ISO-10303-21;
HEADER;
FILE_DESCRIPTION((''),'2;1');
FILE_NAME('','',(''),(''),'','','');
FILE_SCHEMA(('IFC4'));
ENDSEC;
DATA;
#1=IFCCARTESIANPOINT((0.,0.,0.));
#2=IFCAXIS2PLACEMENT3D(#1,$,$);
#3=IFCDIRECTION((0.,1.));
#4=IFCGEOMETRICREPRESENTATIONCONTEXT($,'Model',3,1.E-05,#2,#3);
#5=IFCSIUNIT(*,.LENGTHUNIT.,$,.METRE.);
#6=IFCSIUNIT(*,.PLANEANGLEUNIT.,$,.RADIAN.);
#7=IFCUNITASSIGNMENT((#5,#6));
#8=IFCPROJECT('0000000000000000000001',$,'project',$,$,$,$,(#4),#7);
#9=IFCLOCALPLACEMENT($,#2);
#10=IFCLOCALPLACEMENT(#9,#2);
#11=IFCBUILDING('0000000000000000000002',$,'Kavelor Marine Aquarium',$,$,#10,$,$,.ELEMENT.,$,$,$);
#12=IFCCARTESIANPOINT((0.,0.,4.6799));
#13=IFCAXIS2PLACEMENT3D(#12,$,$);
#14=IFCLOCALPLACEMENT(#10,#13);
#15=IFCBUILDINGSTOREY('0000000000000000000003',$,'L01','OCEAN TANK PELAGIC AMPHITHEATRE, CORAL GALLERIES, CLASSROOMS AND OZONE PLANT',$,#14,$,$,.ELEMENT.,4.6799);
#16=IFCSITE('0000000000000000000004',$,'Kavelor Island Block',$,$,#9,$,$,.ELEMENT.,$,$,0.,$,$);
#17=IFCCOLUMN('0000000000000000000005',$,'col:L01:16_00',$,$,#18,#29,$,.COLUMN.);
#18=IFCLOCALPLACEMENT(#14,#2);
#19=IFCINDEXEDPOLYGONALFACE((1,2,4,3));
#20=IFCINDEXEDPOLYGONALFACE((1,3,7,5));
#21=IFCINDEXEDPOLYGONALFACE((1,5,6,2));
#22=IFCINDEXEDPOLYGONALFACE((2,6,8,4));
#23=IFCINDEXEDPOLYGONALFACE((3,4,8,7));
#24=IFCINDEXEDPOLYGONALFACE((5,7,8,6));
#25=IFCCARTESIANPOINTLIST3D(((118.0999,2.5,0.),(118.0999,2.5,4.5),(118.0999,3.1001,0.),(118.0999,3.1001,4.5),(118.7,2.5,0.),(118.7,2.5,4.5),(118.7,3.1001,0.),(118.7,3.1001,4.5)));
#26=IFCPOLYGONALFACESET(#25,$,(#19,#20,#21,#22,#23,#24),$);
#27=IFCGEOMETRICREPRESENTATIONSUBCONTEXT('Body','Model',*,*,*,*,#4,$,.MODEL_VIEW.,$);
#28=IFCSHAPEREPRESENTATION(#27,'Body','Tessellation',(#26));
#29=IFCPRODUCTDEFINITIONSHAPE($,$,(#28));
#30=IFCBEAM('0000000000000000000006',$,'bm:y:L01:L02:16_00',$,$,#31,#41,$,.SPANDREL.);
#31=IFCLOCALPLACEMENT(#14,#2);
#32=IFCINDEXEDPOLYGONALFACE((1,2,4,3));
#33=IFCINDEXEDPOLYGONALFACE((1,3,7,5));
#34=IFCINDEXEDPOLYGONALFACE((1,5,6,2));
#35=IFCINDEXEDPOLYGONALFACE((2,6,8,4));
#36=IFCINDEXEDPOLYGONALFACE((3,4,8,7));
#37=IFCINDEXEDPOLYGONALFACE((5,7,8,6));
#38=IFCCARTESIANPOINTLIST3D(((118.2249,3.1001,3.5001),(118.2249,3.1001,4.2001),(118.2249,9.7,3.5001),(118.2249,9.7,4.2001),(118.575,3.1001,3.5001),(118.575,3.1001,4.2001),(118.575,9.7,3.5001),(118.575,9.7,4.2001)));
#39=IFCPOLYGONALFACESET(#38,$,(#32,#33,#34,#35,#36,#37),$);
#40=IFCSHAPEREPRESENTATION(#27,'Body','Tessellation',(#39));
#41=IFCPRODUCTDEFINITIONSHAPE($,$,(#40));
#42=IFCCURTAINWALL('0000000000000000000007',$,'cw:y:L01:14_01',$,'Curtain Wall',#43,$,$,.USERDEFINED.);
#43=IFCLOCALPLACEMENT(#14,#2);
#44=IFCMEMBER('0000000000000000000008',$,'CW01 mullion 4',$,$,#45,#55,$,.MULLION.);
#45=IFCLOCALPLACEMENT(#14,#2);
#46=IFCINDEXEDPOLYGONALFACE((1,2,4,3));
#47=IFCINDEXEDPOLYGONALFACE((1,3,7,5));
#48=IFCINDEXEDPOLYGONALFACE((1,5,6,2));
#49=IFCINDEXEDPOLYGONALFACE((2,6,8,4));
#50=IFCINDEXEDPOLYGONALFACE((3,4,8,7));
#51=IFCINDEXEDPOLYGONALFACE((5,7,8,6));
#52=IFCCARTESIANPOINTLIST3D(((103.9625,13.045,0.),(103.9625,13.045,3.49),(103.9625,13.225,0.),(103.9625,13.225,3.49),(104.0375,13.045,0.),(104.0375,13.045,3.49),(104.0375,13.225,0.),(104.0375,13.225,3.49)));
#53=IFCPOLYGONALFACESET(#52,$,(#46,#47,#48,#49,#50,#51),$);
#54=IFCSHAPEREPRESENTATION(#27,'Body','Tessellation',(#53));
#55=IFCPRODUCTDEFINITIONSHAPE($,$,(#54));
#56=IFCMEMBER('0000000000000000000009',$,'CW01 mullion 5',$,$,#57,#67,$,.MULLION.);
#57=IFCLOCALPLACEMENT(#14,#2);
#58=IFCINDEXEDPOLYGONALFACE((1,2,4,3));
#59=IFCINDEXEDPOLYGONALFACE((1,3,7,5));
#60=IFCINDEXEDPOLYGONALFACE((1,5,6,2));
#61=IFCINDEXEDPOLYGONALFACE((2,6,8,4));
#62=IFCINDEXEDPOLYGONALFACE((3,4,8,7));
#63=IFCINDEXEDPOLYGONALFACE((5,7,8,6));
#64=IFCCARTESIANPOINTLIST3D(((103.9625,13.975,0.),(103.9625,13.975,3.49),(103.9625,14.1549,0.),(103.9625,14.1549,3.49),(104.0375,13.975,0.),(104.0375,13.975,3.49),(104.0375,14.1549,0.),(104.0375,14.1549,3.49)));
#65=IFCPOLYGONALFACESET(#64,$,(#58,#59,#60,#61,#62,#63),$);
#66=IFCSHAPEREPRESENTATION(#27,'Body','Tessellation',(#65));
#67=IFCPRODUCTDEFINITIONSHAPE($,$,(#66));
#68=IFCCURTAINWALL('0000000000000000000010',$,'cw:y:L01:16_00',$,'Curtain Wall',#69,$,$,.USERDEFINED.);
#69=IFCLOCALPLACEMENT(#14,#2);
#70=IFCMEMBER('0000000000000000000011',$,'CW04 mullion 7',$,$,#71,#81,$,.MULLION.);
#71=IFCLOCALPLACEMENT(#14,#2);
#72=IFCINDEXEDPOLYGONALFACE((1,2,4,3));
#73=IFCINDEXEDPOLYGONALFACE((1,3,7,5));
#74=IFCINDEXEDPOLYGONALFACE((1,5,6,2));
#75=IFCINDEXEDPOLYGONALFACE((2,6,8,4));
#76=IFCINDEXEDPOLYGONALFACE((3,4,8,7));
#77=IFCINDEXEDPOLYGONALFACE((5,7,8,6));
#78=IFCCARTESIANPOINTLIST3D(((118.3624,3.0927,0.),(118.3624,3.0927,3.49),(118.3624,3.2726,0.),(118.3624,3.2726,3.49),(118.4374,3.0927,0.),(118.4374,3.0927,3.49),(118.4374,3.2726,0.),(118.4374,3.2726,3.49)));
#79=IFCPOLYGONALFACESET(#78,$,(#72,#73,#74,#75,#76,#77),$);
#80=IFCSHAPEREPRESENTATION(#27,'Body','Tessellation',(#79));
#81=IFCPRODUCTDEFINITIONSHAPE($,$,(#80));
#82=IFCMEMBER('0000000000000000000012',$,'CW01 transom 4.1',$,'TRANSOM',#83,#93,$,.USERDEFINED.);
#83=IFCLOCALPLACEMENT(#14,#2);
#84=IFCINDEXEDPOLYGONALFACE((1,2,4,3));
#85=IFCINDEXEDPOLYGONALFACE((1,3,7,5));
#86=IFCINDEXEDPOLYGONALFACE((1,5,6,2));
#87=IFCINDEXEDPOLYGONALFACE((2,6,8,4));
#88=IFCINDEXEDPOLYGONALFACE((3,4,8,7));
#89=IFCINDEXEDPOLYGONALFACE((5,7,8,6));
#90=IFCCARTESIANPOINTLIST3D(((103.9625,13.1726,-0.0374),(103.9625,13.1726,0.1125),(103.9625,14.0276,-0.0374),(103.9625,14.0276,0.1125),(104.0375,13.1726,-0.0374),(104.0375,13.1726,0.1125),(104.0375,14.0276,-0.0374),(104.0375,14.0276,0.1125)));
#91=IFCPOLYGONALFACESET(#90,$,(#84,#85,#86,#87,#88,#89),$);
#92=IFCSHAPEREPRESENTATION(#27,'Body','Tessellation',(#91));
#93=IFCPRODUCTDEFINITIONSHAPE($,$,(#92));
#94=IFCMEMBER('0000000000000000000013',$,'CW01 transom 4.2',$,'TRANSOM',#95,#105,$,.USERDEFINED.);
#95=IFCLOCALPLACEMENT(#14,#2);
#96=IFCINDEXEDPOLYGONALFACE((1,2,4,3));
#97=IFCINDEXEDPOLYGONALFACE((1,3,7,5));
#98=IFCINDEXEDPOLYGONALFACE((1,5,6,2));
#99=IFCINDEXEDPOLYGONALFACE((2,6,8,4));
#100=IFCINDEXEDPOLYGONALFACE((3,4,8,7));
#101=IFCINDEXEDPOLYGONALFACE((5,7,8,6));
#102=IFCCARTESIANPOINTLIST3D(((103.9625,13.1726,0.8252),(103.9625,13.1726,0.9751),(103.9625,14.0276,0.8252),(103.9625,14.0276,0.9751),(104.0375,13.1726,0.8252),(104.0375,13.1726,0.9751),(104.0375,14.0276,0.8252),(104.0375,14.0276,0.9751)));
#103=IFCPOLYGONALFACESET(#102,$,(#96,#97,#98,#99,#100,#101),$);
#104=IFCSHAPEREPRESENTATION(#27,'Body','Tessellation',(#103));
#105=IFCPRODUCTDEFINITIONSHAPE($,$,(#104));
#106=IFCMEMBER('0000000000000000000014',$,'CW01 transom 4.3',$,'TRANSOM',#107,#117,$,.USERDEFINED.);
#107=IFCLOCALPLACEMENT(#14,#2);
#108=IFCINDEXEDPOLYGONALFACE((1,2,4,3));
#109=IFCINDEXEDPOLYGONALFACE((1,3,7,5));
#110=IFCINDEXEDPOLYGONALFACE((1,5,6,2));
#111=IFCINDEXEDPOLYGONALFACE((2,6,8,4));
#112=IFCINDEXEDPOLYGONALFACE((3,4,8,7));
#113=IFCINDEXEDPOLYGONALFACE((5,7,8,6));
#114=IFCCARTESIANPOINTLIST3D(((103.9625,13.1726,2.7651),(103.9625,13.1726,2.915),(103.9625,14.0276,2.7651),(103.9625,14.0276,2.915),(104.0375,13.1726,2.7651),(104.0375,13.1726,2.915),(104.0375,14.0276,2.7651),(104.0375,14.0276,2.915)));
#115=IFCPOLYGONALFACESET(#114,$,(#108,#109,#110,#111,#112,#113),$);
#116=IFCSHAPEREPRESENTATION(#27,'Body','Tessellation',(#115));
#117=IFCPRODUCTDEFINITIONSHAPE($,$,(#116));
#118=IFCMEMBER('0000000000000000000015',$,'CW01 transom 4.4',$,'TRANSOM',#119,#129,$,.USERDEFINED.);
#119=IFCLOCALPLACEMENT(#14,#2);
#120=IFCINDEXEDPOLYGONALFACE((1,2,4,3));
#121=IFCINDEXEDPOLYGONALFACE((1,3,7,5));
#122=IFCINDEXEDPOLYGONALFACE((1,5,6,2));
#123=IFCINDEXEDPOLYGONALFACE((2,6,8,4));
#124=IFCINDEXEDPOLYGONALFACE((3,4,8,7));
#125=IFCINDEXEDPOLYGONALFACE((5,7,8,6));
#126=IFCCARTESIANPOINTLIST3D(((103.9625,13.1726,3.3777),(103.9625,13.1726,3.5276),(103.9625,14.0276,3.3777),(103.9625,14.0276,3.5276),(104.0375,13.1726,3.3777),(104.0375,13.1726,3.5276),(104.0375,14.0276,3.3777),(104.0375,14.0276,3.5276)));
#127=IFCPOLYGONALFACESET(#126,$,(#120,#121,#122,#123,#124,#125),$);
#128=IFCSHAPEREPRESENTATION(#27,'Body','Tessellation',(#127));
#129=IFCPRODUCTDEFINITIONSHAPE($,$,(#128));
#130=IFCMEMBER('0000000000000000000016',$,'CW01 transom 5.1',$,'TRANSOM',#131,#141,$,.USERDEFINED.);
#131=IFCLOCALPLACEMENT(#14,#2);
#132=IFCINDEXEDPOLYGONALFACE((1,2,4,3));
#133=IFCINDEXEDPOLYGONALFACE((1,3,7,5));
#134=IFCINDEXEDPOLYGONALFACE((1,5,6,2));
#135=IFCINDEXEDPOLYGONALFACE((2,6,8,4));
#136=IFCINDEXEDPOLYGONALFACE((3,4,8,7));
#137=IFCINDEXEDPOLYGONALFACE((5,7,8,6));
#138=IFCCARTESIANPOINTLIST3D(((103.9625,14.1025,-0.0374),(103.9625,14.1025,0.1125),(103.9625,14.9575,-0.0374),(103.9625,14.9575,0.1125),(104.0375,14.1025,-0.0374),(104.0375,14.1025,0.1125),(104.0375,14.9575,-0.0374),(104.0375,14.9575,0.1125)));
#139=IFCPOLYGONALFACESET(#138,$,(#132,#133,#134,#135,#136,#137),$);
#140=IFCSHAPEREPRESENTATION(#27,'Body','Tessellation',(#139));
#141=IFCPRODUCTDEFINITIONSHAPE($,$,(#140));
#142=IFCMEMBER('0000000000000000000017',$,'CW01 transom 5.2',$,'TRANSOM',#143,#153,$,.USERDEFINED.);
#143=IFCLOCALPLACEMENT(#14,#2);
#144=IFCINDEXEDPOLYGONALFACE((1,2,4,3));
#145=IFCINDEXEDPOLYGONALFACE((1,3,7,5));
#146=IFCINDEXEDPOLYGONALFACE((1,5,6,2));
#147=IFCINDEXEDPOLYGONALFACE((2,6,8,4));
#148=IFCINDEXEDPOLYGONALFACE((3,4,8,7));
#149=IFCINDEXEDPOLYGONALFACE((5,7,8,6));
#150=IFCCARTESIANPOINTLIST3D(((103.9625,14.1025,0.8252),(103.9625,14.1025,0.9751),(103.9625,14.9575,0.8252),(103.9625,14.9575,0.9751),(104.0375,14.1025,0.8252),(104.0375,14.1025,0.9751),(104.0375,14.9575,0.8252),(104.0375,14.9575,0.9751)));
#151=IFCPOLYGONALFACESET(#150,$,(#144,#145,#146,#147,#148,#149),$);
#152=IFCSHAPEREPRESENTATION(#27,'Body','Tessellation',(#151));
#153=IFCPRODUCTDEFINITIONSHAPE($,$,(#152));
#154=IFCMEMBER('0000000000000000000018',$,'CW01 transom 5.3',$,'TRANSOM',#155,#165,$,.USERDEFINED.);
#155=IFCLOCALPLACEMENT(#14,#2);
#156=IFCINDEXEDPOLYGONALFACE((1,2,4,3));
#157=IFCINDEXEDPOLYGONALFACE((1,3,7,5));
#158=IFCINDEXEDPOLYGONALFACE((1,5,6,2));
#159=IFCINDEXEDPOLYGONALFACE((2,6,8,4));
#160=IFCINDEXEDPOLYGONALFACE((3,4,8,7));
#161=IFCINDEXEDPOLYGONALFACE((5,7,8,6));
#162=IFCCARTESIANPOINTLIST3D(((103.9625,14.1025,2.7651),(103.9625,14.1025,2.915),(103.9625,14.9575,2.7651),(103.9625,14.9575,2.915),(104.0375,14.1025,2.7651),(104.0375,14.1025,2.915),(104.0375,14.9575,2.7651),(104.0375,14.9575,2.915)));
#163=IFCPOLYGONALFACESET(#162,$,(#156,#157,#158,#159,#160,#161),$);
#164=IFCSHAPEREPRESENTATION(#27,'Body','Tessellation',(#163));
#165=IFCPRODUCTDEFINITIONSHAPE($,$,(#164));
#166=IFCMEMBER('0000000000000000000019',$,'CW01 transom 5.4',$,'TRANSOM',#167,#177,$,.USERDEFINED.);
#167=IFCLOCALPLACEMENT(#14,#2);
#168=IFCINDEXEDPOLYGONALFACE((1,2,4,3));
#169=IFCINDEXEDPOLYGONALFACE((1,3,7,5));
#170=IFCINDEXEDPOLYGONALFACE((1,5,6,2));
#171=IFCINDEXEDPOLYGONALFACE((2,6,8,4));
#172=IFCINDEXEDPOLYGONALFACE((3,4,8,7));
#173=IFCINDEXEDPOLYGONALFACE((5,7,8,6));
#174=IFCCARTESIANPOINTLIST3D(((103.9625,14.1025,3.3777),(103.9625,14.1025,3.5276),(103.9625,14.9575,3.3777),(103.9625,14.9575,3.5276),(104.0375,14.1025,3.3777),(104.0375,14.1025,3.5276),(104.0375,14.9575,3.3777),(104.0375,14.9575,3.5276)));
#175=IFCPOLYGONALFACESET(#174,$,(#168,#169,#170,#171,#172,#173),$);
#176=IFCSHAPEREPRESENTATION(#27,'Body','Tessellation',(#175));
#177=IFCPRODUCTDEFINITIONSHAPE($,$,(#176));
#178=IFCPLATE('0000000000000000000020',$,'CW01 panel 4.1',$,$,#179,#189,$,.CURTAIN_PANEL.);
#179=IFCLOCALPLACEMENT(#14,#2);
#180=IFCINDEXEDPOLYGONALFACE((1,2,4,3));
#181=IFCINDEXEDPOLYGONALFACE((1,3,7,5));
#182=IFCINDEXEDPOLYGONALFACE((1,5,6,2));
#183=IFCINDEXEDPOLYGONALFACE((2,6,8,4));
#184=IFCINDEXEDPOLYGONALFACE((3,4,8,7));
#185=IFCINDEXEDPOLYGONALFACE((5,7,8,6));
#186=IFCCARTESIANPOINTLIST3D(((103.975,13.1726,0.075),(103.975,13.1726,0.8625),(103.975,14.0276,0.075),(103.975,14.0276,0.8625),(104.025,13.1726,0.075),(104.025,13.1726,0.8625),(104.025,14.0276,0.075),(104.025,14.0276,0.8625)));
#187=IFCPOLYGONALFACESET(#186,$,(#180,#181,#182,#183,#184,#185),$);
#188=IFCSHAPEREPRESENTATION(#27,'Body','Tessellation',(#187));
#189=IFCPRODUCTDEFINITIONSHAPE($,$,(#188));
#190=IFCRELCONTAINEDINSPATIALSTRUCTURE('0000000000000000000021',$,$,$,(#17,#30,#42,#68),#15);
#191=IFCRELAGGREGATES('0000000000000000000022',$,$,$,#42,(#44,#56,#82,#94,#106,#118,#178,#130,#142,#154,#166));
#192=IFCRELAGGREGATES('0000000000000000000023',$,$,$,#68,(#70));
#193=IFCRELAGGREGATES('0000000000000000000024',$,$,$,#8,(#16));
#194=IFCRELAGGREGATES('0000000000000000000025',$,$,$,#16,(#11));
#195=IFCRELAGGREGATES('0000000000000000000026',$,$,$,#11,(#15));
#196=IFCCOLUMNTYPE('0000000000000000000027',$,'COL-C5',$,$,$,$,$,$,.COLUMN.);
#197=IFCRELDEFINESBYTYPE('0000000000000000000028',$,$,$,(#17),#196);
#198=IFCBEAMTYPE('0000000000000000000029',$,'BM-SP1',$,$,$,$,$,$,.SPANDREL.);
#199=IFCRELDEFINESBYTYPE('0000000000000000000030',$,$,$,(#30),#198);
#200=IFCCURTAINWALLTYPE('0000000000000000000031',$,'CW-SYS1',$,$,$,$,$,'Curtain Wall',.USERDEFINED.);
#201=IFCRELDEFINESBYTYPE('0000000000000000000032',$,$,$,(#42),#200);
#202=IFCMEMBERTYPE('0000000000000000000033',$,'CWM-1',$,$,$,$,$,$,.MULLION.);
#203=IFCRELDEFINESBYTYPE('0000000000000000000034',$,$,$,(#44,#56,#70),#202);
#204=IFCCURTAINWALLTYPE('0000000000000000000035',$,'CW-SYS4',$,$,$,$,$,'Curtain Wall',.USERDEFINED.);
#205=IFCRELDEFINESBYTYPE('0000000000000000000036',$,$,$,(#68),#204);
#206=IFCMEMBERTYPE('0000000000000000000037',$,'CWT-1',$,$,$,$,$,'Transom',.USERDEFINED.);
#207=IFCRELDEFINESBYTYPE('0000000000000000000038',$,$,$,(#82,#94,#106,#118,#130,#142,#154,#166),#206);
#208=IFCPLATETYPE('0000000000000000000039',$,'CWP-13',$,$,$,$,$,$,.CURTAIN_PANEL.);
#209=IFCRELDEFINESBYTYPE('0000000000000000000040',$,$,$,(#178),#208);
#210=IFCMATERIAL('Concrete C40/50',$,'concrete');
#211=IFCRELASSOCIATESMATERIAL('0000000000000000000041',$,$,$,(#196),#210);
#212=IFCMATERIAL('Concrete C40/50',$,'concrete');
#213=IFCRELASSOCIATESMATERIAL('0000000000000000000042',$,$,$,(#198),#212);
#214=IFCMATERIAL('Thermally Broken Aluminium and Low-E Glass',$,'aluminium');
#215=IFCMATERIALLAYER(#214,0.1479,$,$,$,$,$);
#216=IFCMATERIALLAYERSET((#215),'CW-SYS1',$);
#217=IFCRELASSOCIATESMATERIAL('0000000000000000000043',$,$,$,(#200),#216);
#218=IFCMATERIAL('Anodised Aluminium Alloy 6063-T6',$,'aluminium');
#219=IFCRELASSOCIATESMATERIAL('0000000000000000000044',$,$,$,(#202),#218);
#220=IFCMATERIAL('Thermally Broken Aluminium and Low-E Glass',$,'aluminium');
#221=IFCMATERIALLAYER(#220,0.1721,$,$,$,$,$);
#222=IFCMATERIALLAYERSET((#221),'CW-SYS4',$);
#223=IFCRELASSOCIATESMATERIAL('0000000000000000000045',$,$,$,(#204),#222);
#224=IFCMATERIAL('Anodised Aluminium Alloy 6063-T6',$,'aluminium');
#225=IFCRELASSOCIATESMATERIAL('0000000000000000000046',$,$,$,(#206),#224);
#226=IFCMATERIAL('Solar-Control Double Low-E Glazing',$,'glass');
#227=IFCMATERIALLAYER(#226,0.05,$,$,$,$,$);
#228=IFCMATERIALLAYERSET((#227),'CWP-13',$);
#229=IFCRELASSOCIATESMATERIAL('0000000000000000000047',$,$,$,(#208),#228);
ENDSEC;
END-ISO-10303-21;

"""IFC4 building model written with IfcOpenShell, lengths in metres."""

from ifc_helpers import new_model, si_unit, direction, frame, origin, origin_2d, place, context, subcontext, project, spatial, rectangle, extrude, material, layer, layer_set, material_profile, profile_set, type_object, element, aggregate, save


model = new_model("IFC4")

# Units and contexts
model_context = context("Model", 3, precision=1e-05, world=origin(), true_north=direction((0.0, 1.0)))
body_context = subcontext(model_context, "Body", "Model", "MODEL_VIEW")
ifc_project = project(units=[si_unit("LENGTHUNIT", "METRE"), si_unit("PLANEANGLEUNIT", "RADIAN")], contexts=[model_context])

# Site, building, storey
site_placement = place(None, origin())
site = spatial("IfcSite", under=ifc_project, at=site_placement, Name="Kavelor Island Block", CompositionType="ELEMENT", RefElevation=0.0)
building_placement = place(site_placement, origin())
building = spatial("IfcBuilding", under=site, at=building_placement, Name="Kavelor Marine Aquarium", CompositionType="ELEMENT")
storey_placement = place(building_placement, frame((0.0, 0.0, 4.6799)))
storey = spatial("IfcBuildingStorey", under=building, at=storey_placement, Name="L01", Description="OCEAN TANK PELAGIC AMPHITHEATRE, CORAL GALLERIES, CLASSROOMS AND OZONE PLANT", CompositionType="ELEMENT", Elevation=4.6799)

# Column
ifc_material_1 = material(Name="Concrete C40/50", Category="concrete")
ifc_material_profile_1 = material_profile(ifc_material_1, rectangle(XDim=0.6001, YDim=0.6001, at=origin_2d()), Name="RC-COL 600x600")
ifc_profile_set_1 = profile_set([ifc_material_profile_1], Name="Concrete C40/50")
column_type = type_object("IfcColumnType", Name="COL-C5", PredefinedType="COLUMN", material=ifc_profile_set_1)
column_placement = place(storey_placement, frame((118.3999, 2.8, 0.0), z_axis=(0.0, 0.0, 1.0), x_axis=(1.0, 0.0, 0.0)))
element("IfcColumn", 1, at=column_placement, inside=storey, type_object=column_type, Name="col:L01:16_00", PredefinedType="COLUMN", context=body_context, shape_type="SweptSolid", body=[
    extrude(rectangle(XDim=0.6001, YDim=0.6001, at=origin_2d()), origin(), (0.0, 0.0, 1.0), 4.5),
])

# Beam
ifc_material_2 = material(Name="Concrete C40/50", Category="concrete")
ifc_material_profile_2 = material_profile(ifc_material_2, rectangle(XDim=0.3501, YDim=0.7, at=origin_2d()), Name="RC-SP 350x700")
ifc_profile_set_2 = profile_set([ifc_material_profile_2], Name="Concrete C40/50")
beam_type = type_object("IfcBeamType", Name="BM-SP1", PredefinedType="SPANDREL", material=ifc_profile_set_2)
beam_placement = place(storey_placement, frame((118.3999, 3.1001, 3.8501), z_axis=(0.0, 1.0, 0.0), x_axis=(-1.0, 0.0, 0.0)))
element("IfcBeam", 2, at=beam_placement, inside=storey, type_object=beam_type, Name="bm:y:L01:L02:16_00", PredefinedType="SPANDREL", context=body_context, shape_type="SweptSolid", body=[
    extrude(rectangle(XDim=0.3501, YDim=0.7, at=origin_2d()), origin(), (0.0, 0.0, 1.0), 6.5999),
])

# Curtain wall, members
ifc_material_3 = material(Name="Thermally Broken Aluminium and Low-E Glass", Category="aluminium")
ifc_layer_1 = layer(ifc_material_3, 0.1479)
ifc_layer_set_1 = layer_set([ifc_layer_1], Name="CW-SYS1")
curtain_wall_type_1 = type_object("IfcCurtainWallType", Name="CW-SYS1", ElementType="Curtain Wall", PredefinedType="USERDEFINED", material=ifc_layer_set_1)
curtain_wall_1_placement = place(storey_placement, origin())
curtain_wall_1 = element("IfcCurtainWall", 3, at=curtain_wall_1_placement, inside=storey, type_object=curtain_wall_type_1, Name="cw:y:L01:14_01", ObjectType="Curtain Wall", PredefinedType="USERDEFINED")
ifc_material_4 = material(Name="Anodised Aluminium Alloy 6063-T6", Category="aluminium")
ifc_material_profile_3 = material_profile(ifc_material_4, rectangle(XDim=0.075, YDim=0.1799, at=origin_2d()), Name="CW-MUL 75x180")
ifc_profile_set_3 = profile_set([ifc_material_profile_3], Name="Anodised Aluminium Alloy 6063-T6")
member_type_1 = type_object("IfcMemberType", Name="CWM-1", PredefinedType="MULLION", material=ifc_profile_set_3)
member_1_placement = place(storey_placement, frame((104.0, 13.135, 0.0), z_axis=(0.0, 0.0, 1.0), x_axis=(-1.0, 0.0, 0.0)))
member_1 = element("IfcMember", 4, at=member_1_placement, type_object=member_type_1, Name="CW01 mullion 4", PredefinedType="MULLION", context=body_context, shape_type="SweptSolid", body=[
    extrude(rectangle(XDim=0.075, YDim=0.1799, at=origin_2d()), origin(), (0.0, 0.0, 1.0), 3.49),
])
member_2_placement = place(storey_placement, frame((104.0, 14.0649, 0.0), z_axis=(0.0, 0.0, 1.0), x_axis=(-1.0, 0.0, 0.0)))
member_2 = element("IfcMember", 5, at=member_2_placement, type_object=member_type_1, Name="CW01 mullion 5", PredefinedType="MULLION", context=body_context, shape_type="SweptSolid", body=[
    extrude(rectangle(XDim=0.075, YDim=0.1799, at=origin_2d()), origin(), (0.0, 0.0, 1.0), 3.49),
])

# Curtain wall, member
ifc_material_5 = material(Name="Thermally Broken Aluminium and Low-E Glass", Category="aluminium")
ifc_layer_2 = layer(ifc_material_5, 0.1721)
ifc_layer_set_2 = layer_set([ifc_layer_2], Name="CW-SYS4")
curtain_wall_type_2 = type_object("IfcCurtainWallType", Name="CW-SYS4", ElementType="Curtain Wall", PredefinedType="USERDEFINED", material=ifc_layer_set_2)
curtain_wall_2_placement = place(storey_placement, origin())
curtain_wall_2 = element("IfcCurtainWall", 6, at=curtain_wall_2_placement, inside=storey, type_object=curtain_wall_type_2, Name="cw:y:L01:16_00", ObjectType="Curtain Wall", PredefinedType="USERDEFINED")
member_3_placement = place(storey_placement, frame((118.3999, 3.1826, 0.0), z_axis=(0.0, 0.0, 1.0), x_axis=(1.0, 0.0, 0.0)))
member_3 = element("IfcMember", 7, at=member_3_placement, type_object=member_type_1, Name="CW04 mullion 7", PredefinedType="MULLION", context=body_context, shape_type="SweptSolid", body=[
    extrude(rectangle(XDim=0.075, YDim=0.1799, at=origin_2d()), origin(), (0.0, 0.0, 1.0), 3.49),
])

# Members
ifc_material_6 = material(Name="Anodised Aluminium Alloy 6063-T6", Category="aluminium")
ifc_material_profile_4 = material_profile(ifc_material_6, rectangle(XDim=0.075, YDim=0.1499, at=origin_2d()), Name="CW-TRN 75x150")
ifc_profile_set_4 = profile_set([ifc_material_profile_4], Name="Anodised Aluminium Alloy 6063-T6")
member_type_2 = type_object("IfcMemberType", Name="CWT-1", ElementType="Transom", PredefinedType="USERDEFINED", material=ifc_profile_set_4)
member_4_placement = place(storey_placement, frame((104.0, 13.1726, 0.0376), z_axis=(0.0, 1.0, 0.0), x_axis=(-1.0, 0.0, 0.0)))
member_4 = element("IfcMember", 8, at=member_4_placement, type_object=member_type_2, Name="CW01 transom 4.1", ObjectType="TRANSOM", PredefinedType="USERDEFINED", context=body_context, shape_type="SweptSolid", body=[
    extrude(rectangle(XDim=0.075, YDim=0.1499, at=origin_2d()), origin(), (0.0, 0.0, 1.0), 0.855),
])
member_5_placement = place(storey_placement, frame((104.0, 13.1726, 0.9001), z_axis=(0.0, 1.0, 0.0), x_axis=(-1.0, 0.0, 0.0)))
member_5 = element("IfcMember", 9, at=member_5_placement, type_object=member_type_2, Name="CW01 transom 4.2", ObjectType="TRANSOM", PredefinedType="USERDEFINED", context=body_context, shape_type="SweptSolid", body=[
    extrude(rectangle(XDim=0.075, YDim=0.1499, at=origin_2d()), origin(), (0.0, 0.0, 1.0), 0.855),
])
member_6_placement = place(storey_placement, frame((104.0, 13.1726, 2.8401), z_axis=(0.0, 1.0, 0.0), x_axis=(-1.0, 0.0, 0.0)))
member_6 = element("IfcMember", 10, at=member_6_placement, type_object=member_type_2, Name="CW01 transom 4.3", ObjectType="TRANSOM", PredefinedType="USERDEFINED", context=body_context, shape_type="SweptSolid", body=[
    extrude(rectangle(XDim=0.075, YDim=0.1499, at=origin_2d()), origin(), (0.0, 0.0, 1.0), 0.855),
])
member_7_placement = place(storey_placement, frame((104.0, 13.1726, 3.4526), z_axis=(0.0, 1.0, 0.0), x_axis=(-1.0, 0.0, 0.0)))
member_7 = element("IfcMember", 11, at=member_7_placement, type_object=member_type_2, Name="CW01 transom 4.4", ObjectType="TRANSOM", PredefinedType="USERDEFINED", context=body_context, shape_type="SweptSolid", body=[
    extrude(rectangle(XDim=0.075, YDim=0.1499, at=origin_2d()), origin(), (0.0, 0.0, 1.0), 0.855),
])
member_8_placement = place(storey_placement, frame((104.0, 14.1025, 0.0376), z_axis=(0.0, 1.0, 0.0), x_axis=(-1.0, 0.0, 0.0)))
member_8 = element("IfcMember", 12, at=member_8_placement, type_object=member_type_2, Name="CW01 transom 5.1", ObjectType="TRANSOM", PredefinedType="USERDEFINED", context=body_context, shape_type="SweptSolid", body=[
    extrude(rectangle(XDim=0.075, YDim=0.1499, at=origin_2d()), origin(), (0.0, 0.0, 1.0), 0.855),
])
member_9_placement = place(storey_placement, frame((104.0, 14.1025, 0.9001), z_axis=(0.0, 1.0, 0.0), x_axis=(-1.0, 0.0, 0.0)))
member_9 = element("IfcMember", 13, at=member_9_placement, type_object=member_type_2, Name="CW01 transom 5.2", ObjectType="TRANSOM", PredefinedType="USERDEFINED", context=body_context, shape_type="SweptSolid", body=[
    extrude(rectangle(XDim=0.075, YDim=0.1499, at=origin_2d()), origin(), (0.0, 0.0, 1.0), 0.855),
])
member_10_placement = place(storey_placement, frame((104.0, 14.1025, 2.8401), z_axis=(0.0, 1.0, 0.0), x_axis=(-1.0, 0.0, 0.0)))
member_10 = element("IfcMember", 14, at=member_10_placement, type_object=member_type_2, Name="CW01 transom 5.3", ObjectType="TRANSOM", PredefinedType="USERDEFINED", context=body_context, shape_type="SweptSolid", body=[
    extrude(rectangle(XDim=0.075, YDim=0.1499, at=origin_2d()), origin(), (0.0, 0.0, 1.0), 0.855),
])
member_11_placement = place(storey_placement, frame((104.0, 14.1025, 3.4526), z_axis=(0.0, 1.0, 0.0), x_axis=(-1.0, 0.0, 0.0)))
member_11 = element("IfcMember", 15, at=member_11_placement, type_object=member_type_2, Name="CW01 transom 5.4", ObjectType="TRANSOM", PredefinedType="USERDEFINED", context=body_context, shape_type="SweptSolid", body=[
    extrude(rectangle(XDim=0.075, YDim=0.1499, at=origin_2d()), origin(), (0.0, 0.0, 1.0), 0.855),
])

# Plate
ifc_material_7 = material(Name="Solar-Control Double Low-E Glazing", Category="glass")
ifc_layer_3 = layer(ifc_material_7, 0.05)
ifc_layer_set_3 = layer_set([ifc_layer_3], Name="CWP-13")
plate_type_1 = type_object("IfcPlateType", Name="CWP-13", PredefinedType="CURTAIN_PANEL", material=ifc_layer_set_3)
plate_1_placement = place(storey_placement, frame((104.0, 13.6001, 0.075), z_axis=(0.0, 0.0, 1.0), x_axis=(0.0, 1.0, 0.0)))
plate_1 = element("IfcPlate", 16, at=plate_1_placement, type_object=plate_type_1, Name="CW01 panel 4.1", PredefinedType="CURTAIN_PANEL", context=body_context, shape_type="SweptSolid", body=[
    extrude(rectangle(XDim=0.855, YDim=0.05, at=origin_2d()), origin(), (0.0, 0.0, 1.0), 0.7876),
])
aggregate(curtain_wall_1, [member_1, member_2, member_4, member_5, member_6, member_7, plate_1, member_8, member_9, member_10, member_11])
aggregate(curtain_wall_2, [member_3])

save(model, "model.ifc")
